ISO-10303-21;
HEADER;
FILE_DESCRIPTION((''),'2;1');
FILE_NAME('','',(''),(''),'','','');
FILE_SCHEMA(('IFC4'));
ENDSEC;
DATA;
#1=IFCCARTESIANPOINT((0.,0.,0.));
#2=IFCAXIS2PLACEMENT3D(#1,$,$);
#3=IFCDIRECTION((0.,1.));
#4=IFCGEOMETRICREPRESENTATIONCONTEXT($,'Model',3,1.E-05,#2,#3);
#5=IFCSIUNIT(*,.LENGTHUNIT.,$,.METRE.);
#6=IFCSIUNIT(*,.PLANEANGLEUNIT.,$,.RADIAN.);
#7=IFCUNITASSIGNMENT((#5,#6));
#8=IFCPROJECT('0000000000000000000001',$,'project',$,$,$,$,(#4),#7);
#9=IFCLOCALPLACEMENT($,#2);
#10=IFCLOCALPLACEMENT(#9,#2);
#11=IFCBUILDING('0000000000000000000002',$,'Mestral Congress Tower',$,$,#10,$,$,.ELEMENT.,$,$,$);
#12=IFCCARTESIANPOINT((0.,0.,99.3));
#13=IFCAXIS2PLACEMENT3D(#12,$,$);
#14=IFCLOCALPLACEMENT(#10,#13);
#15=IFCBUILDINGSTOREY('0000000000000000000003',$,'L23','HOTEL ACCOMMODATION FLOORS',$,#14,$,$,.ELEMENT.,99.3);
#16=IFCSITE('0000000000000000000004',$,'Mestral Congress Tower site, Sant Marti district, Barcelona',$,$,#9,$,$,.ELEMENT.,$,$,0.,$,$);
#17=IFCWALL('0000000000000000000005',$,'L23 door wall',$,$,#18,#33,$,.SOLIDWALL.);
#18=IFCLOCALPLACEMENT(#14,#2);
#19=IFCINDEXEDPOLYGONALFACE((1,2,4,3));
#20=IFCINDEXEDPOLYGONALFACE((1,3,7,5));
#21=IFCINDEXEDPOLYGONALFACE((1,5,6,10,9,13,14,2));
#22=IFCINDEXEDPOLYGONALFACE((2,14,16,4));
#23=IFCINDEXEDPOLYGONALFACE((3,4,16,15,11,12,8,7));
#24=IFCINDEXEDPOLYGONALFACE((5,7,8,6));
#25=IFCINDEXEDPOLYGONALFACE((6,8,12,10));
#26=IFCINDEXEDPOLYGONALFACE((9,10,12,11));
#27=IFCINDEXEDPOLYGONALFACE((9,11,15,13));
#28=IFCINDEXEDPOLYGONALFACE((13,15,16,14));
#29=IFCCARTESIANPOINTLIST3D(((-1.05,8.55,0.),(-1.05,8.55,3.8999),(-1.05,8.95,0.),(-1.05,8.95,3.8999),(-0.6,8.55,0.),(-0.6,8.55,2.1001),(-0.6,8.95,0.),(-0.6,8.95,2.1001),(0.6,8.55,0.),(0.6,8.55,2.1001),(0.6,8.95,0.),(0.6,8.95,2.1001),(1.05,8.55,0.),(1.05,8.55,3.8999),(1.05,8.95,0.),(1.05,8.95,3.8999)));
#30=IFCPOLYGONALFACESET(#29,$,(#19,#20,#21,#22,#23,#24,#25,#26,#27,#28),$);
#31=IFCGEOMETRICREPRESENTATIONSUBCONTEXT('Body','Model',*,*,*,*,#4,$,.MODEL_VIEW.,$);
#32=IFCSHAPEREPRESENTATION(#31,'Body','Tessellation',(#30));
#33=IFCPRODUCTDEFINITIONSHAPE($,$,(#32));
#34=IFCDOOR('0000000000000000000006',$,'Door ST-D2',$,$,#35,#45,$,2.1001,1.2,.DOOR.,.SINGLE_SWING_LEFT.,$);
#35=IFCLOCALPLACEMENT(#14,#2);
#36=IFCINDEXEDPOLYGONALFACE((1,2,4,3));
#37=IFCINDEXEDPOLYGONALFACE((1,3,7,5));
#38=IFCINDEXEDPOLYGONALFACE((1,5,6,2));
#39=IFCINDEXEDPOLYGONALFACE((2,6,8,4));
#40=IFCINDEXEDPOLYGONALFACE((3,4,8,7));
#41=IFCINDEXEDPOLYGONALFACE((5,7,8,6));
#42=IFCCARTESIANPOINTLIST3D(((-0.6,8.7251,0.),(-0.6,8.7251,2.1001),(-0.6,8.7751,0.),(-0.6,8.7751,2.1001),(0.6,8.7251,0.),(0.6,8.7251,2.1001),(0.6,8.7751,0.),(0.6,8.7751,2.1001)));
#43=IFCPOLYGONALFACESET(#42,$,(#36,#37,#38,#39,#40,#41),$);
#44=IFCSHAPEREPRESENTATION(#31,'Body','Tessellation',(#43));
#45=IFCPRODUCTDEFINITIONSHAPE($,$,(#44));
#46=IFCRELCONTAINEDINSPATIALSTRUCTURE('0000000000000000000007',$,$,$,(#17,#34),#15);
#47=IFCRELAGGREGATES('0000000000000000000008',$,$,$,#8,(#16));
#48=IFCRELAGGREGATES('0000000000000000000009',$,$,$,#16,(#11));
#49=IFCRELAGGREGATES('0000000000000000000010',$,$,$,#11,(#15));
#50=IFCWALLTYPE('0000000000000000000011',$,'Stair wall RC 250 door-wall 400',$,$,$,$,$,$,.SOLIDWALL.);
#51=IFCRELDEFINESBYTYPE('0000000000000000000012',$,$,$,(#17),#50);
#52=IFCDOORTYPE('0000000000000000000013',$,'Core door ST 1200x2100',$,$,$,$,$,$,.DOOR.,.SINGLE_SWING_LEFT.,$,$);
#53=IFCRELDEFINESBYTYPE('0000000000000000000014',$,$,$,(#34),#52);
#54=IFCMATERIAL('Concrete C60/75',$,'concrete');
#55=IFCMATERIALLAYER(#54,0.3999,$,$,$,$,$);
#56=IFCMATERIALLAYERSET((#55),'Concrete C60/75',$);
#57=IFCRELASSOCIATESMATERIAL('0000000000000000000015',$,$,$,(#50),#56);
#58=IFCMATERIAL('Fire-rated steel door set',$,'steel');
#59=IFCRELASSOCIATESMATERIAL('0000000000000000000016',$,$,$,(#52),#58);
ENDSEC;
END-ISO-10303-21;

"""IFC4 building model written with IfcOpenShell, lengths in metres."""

from ifc_helpers import new_model, si_unit, direction, frame, frame_2d, origin, place, context, subcontext, project, spatial, rectangle, extrude, material, layer, layer_set, type_object, element, fill, save


model = new_model("IFC4")

# Units and contexts
model_context = context("Model", 3, precision=1e-05, world=origin(), true_north=direction((0.0, 1.0)))
body_context = subcontext(model_context, "Body", "Model", "MODEL_VIEW")
ifc_project = project(units=[si_unit("LENGTHUNIT", "METRE"), si_unit("PLANEANGLEUNIT", "RADIAN")], contexts=[model_context])

# Site, building, storey
site_placement = place(None, origin())
site = spatial("IfcSite", under=ifc_project, at=site_placement, Name="Mestral Congress Tower site, Sant Marti district, Barcelona", CompositionType="ELEMENT", RefElevation=0.0)
building_placement = place(site_placement, origin())
building = spatial("IfcBuilding", under=site, at=building_placement, Name="Mestral Congress Tower", CompositionType="ELEMENT")
storey_placement = place(building_placement, frame((0.0, 0.0, 99.3)))
storey = spatial("IfcBuildingStorey", under=building, at=storey_placement, Name="L23", Description="HOTEL ACCOMMODATION FLOORS", CompositionType="ELEMENT", Elevation=99.3)

# Shared definitions
ifc_material_1 = material(Name="Fire-rated steel door set", Category="steel")

# Shared definitions
ifc_material_2 = material(Name="Concrete C60/75", Category="concrete")

# Wall, opening, door
ifc_layer_1 = layer(ifc_material_2, 0.3999)
ifc_layer_set_1 = layer_set([ifc_layer_1], Name="Concrete C60/75")
wall_type_1 = type_object("IfcWallType", Name="Stair wall RC 250 door-wall 400", PredefinedType="SOLIDWALL", material=ifc_layer_set_1)
wall_1_placement = place(storey_placement, frame((1.05, 8.75, 0.0), z_axis=(0.0, 0.0, 1.0), x_axis=(-1.0, 0.0, 0.0)))
wall_1 = element("IfcWall", 1, at=wall_1_placement, inside=storey, type_object=wall_type_1, Name="L23 door wall", PredefinedType="SOLIDWALL", context=body_context, shape_type="SweptSolid", body=[
    extrude(rectangle(XDim=2.1001, YDim=0.3999, at=frame_2d((1.05, 0.0))), origin(), (0.0, 0.0, 1.0), 3.8999),
])
opening_1_placement = place(wall_1_placement, frame((0.45, 0.0, 0.0)))
opening_1 = element("IfcOpeningElement", 2, at=opening_1_placement, cuts=wall_1, PredefinedType="OPENING", context=body_context, shape_type="SweptSolid", body=[
    extrude(rectangle(XDim=1.2, YDim=2.1001, at=frame_2d((0.6001, 1.05))), frame((0.0, 0.21, 0.0), z_axis=(0.0, -1.0, 0.0), x_axis=(1.0, 0.0, 0.0)), (0.0, 0.0, 1.0), 0.4199),
])
door_type_1 = type_object("IfcDoorType", Name="Core door ST 1200x2100", OperationType="SINGLE_SWING_LEFT", PredefinedType="DOOR", material=ifc_material_1)
door_1_placement = place(opening_1_placement, origin())
door_1 = element("IfcDoor", 3, at=door_1_placement, inside=storey, type_object=door_type_1, Name="Door ST-D2", OperationType="SINGLE_SWING_LEFT", OverallHeight=2.1001, OverallWidth=1.2, PredefinedType="DOOR", context=body_context, shape_type="SweptSolid", body=[
    extrude(rectangle(XDim=1.2, YDim=2.1001, at=frame_2d((0.6001, 1.05))), frame((0.0, 0.0249, 0.0), z_axis=(0.0, -1.0, 0.0), x_axis=(1.0, 0.0, 0.0)), (0.0, 0.0, 1.0), 0.05),
])
fill(opening_1, door_1)

save(model, "model.ifc")
